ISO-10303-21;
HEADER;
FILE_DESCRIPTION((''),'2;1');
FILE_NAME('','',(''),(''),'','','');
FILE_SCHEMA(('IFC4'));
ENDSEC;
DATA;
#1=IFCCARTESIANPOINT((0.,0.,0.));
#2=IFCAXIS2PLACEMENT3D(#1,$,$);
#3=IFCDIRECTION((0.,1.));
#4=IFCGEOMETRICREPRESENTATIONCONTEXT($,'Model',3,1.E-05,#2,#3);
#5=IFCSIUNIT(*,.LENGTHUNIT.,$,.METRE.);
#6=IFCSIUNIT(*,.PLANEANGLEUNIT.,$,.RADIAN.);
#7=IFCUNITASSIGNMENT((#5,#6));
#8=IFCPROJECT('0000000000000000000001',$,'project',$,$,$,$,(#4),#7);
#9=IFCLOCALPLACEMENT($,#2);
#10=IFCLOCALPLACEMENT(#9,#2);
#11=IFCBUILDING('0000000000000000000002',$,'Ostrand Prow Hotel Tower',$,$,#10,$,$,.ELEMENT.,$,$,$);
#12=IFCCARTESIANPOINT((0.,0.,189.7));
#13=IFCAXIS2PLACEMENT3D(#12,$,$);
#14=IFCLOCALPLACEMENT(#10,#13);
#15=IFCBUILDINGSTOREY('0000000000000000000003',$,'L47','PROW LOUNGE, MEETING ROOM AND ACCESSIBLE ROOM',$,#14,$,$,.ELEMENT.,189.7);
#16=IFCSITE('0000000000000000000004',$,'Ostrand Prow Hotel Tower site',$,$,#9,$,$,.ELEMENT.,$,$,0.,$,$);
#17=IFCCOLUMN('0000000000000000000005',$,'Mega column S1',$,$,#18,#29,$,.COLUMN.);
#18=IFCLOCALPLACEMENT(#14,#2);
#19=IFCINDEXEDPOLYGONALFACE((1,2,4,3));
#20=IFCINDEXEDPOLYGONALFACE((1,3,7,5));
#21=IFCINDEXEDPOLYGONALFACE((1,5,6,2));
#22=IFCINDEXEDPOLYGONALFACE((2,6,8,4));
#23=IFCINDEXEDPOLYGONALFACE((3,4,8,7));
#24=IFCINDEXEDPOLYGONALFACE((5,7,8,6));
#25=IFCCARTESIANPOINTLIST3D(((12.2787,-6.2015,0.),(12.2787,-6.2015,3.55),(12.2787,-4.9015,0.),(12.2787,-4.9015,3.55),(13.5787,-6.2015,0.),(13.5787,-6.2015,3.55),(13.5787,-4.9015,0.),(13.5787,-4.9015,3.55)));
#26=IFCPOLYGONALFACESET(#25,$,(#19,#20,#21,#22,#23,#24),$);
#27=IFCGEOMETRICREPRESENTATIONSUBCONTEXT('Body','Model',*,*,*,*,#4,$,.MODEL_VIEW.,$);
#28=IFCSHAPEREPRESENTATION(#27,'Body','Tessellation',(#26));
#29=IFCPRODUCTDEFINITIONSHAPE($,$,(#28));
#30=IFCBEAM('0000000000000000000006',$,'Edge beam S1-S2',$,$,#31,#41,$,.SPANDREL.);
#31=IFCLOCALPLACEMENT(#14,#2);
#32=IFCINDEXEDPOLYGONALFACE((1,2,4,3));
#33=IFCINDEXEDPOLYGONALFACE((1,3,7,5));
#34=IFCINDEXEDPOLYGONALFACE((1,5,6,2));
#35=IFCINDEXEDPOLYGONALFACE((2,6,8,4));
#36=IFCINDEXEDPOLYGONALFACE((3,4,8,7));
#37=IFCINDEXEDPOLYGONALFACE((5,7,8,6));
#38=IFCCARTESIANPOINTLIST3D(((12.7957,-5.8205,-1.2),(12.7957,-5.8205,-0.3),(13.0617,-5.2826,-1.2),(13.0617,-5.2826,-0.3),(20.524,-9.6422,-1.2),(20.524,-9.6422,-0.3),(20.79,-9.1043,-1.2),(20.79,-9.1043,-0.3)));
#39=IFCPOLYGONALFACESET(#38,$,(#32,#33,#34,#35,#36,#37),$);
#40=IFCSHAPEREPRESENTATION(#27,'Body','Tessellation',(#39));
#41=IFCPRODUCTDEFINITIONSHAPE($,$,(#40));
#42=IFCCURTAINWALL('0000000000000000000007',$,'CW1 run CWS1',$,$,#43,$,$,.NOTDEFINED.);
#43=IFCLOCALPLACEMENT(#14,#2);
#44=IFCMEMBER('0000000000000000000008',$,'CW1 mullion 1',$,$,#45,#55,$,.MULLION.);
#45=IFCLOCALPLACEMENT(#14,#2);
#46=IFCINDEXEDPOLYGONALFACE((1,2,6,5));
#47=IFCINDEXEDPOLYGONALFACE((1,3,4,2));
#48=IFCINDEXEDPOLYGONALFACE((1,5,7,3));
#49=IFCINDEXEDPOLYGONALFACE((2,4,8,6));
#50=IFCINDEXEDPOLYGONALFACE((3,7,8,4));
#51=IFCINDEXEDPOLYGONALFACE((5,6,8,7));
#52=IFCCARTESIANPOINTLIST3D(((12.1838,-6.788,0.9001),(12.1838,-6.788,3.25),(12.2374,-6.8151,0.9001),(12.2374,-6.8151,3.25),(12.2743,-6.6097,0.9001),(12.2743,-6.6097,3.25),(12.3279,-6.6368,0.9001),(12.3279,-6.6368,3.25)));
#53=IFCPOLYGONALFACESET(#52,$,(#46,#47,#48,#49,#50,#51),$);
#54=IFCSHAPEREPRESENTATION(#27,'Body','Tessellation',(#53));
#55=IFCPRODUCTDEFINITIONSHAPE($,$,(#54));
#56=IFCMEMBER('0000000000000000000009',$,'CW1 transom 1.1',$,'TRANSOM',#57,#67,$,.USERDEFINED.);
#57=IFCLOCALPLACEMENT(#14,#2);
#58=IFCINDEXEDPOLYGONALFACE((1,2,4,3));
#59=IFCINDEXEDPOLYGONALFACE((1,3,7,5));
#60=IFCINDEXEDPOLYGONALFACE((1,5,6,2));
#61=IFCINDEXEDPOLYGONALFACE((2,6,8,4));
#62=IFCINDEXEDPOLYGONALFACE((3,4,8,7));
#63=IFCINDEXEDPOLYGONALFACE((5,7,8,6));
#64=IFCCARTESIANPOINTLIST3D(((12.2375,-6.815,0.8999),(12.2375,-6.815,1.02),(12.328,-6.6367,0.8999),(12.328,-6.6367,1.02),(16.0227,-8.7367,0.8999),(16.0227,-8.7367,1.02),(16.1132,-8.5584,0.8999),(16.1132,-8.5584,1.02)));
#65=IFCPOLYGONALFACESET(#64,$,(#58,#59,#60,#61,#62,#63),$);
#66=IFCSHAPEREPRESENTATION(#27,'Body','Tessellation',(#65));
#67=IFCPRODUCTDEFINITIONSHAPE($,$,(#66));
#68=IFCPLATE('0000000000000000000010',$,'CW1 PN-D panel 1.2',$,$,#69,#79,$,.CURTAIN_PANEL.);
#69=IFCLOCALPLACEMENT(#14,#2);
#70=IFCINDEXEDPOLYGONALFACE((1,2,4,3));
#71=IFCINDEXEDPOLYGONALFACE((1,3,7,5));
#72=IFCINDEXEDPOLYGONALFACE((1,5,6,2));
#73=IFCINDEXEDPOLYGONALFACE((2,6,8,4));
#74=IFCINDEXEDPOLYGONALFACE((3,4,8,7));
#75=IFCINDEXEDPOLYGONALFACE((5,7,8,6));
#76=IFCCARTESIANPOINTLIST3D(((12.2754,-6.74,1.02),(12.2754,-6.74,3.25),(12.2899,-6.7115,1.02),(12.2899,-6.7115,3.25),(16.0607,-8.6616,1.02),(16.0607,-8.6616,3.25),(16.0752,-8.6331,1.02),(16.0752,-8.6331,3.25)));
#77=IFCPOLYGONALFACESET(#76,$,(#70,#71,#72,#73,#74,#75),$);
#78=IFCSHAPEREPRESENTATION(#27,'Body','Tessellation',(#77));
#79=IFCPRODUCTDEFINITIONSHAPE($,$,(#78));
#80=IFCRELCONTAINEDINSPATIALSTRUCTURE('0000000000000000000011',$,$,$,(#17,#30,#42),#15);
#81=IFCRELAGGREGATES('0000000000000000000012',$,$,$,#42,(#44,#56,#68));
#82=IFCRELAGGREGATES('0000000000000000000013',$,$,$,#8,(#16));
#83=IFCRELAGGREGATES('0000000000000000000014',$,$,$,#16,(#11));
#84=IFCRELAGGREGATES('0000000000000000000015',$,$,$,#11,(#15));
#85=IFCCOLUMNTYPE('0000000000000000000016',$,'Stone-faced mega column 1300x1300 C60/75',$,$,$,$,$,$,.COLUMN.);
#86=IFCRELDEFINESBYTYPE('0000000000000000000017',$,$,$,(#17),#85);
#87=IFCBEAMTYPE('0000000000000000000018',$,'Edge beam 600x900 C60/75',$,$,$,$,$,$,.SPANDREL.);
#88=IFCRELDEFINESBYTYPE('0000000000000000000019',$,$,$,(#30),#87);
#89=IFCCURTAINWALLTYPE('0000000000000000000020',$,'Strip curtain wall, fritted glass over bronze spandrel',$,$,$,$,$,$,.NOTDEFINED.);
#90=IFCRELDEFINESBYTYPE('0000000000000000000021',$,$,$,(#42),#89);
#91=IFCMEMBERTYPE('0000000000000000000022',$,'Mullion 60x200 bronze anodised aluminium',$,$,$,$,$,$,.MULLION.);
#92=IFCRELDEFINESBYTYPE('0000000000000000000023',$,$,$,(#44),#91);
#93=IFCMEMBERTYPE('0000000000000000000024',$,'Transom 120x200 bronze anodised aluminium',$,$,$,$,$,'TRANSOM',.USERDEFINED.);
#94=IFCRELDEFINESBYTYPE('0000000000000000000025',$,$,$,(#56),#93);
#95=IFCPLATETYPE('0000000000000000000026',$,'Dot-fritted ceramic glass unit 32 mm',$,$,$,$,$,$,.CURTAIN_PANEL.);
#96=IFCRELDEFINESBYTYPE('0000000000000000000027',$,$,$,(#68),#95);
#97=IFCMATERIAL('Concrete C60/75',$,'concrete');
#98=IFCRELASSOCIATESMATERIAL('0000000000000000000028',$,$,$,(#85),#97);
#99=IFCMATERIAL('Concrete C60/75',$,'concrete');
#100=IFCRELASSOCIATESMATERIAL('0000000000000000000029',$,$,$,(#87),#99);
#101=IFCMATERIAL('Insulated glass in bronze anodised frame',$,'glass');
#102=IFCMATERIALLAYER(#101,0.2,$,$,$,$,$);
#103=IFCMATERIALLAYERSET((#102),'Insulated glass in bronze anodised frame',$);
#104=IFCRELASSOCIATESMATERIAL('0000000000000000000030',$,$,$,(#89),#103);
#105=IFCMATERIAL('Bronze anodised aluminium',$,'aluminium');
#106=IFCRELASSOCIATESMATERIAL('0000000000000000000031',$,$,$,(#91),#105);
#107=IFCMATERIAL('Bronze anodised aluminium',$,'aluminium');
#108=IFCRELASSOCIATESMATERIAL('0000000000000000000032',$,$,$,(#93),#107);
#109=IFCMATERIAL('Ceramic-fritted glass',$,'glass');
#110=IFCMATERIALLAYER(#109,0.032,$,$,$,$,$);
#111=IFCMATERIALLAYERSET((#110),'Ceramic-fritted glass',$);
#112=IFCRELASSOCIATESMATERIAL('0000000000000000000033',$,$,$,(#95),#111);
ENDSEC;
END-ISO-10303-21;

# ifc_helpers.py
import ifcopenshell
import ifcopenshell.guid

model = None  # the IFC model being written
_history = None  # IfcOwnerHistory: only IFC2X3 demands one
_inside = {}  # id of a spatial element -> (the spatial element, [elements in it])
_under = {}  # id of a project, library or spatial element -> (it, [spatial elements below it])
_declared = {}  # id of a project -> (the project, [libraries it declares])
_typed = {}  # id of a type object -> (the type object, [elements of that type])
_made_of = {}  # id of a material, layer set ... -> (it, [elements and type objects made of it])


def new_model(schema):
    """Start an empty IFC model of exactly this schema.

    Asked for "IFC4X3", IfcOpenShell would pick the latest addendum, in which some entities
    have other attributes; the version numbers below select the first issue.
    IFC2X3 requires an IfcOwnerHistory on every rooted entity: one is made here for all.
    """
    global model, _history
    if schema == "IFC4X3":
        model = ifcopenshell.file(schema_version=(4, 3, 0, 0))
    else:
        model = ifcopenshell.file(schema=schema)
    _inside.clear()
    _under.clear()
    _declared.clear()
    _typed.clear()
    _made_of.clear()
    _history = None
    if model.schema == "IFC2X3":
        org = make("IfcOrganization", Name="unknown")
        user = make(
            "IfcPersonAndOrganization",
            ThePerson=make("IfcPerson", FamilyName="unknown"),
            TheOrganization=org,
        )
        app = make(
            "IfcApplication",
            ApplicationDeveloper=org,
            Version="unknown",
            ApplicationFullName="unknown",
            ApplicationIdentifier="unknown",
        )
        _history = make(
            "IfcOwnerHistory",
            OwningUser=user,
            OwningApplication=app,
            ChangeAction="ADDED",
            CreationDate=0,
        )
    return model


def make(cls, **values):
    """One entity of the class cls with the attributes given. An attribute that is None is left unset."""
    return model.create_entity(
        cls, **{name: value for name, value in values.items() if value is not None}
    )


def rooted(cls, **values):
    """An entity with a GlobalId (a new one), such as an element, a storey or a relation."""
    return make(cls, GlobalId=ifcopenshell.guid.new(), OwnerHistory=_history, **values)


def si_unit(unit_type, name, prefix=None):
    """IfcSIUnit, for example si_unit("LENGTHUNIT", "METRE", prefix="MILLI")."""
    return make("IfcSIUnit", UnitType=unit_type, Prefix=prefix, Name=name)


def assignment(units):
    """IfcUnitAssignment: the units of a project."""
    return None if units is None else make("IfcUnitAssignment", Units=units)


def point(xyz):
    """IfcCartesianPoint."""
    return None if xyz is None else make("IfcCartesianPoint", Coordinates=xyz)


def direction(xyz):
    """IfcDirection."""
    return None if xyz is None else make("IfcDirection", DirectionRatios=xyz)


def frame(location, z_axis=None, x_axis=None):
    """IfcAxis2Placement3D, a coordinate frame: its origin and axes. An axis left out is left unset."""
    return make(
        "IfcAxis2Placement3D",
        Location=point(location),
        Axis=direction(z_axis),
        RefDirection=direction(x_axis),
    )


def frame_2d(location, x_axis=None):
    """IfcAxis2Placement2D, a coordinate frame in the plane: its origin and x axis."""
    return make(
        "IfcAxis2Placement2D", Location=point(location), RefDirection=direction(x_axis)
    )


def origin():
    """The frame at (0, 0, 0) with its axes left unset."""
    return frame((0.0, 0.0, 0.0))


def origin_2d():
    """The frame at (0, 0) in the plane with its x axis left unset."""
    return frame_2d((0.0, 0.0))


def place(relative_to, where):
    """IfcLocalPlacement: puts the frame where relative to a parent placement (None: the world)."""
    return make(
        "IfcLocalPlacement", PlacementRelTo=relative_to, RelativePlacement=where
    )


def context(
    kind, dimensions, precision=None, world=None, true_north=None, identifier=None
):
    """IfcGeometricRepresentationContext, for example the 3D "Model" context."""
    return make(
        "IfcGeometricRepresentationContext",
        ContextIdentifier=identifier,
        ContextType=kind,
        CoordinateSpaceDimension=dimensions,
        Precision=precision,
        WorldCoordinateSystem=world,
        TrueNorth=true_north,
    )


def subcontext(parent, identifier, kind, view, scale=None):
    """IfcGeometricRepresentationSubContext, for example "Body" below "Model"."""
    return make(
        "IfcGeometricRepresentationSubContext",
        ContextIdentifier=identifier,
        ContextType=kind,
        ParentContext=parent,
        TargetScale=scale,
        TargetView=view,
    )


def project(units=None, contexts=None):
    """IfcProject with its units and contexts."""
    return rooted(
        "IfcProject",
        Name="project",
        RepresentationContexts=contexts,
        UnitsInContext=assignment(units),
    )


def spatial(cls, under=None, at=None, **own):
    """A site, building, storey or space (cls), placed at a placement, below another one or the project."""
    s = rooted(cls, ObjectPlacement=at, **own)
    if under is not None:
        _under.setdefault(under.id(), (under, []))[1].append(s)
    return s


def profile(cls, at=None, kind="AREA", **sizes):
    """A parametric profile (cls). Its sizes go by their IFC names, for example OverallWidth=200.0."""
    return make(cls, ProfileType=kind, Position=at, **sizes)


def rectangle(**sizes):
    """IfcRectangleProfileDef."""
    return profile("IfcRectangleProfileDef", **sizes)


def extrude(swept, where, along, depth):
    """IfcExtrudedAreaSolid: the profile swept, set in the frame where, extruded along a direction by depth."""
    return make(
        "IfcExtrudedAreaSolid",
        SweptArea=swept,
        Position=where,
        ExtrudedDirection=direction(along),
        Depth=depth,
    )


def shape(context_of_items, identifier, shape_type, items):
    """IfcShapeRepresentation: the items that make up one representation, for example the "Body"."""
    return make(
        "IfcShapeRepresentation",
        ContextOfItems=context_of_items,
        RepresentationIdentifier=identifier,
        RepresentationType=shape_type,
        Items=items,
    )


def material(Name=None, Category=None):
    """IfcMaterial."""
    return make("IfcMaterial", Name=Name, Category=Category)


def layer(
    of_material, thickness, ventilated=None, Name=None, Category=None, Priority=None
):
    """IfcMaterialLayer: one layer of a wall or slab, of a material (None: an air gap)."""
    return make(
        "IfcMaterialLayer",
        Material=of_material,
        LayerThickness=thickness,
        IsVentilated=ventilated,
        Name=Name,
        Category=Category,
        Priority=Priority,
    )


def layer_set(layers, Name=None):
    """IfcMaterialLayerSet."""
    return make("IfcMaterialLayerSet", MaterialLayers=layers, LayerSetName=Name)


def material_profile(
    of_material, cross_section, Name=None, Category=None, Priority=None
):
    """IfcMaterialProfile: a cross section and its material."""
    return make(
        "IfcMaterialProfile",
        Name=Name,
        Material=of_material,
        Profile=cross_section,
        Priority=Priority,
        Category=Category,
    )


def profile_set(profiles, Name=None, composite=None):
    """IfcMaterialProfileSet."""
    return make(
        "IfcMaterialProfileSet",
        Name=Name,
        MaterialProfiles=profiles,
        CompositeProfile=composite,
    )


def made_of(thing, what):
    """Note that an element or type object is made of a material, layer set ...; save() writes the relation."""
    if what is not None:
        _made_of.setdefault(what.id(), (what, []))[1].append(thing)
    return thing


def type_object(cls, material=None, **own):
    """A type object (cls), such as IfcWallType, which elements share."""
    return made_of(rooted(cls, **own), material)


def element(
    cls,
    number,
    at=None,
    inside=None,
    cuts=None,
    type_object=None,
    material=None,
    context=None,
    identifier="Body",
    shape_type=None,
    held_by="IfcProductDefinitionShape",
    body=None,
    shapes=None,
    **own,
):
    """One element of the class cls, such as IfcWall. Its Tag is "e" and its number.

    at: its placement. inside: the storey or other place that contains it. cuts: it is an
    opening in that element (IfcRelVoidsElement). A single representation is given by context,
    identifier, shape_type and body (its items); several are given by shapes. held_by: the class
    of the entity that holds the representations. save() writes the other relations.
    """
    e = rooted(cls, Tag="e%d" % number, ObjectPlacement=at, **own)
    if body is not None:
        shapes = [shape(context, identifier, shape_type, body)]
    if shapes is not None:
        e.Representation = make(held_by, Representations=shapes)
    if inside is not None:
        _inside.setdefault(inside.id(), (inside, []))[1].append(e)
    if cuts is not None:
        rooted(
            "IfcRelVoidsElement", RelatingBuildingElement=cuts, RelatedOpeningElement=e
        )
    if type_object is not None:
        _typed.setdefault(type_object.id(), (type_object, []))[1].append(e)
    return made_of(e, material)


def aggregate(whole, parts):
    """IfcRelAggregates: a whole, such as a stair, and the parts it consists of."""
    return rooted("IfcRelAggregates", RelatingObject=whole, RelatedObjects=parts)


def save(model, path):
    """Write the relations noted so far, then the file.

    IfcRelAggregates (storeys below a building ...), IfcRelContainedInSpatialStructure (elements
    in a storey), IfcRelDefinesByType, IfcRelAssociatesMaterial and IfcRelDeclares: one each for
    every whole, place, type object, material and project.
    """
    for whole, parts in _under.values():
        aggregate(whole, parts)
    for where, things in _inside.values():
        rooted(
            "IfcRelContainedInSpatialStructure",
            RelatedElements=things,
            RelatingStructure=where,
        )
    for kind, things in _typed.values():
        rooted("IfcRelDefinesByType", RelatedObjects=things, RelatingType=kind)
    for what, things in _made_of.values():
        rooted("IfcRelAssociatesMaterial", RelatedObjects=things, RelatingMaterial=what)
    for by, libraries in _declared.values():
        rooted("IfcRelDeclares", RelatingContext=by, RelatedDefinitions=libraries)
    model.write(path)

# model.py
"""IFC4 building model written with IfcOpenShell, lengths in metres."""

from ifc_helpers import new_model, si_unit, direction, frame, origin, origin_2d, place, context, subcontext, project, spatial, rectangle, extrude, material, layer, layer_set, material_profile, profile_set, type_object, element, aggregate, save


model = new_model("IFC4")

# Units and contexts
model_context = context("Model", 3, precision=1e-05, world=origin(), true_north=direction((0.0, 1.0)))
body_context = subcontext(model_context, "Body", "Model", "MODEL_VIEW")
ifc_project = project(units=[si_unit("LENGTHUNIT", "METRE"), si_unit("PLANEANGLEUNIT", "RADIAN")], contexts=[model_context])

# Site, building, storey
site_placement = place(None, origin())
site = spatial("IfcSite", under=ifc_project, at=site_placement, Name="Ostrand Prow Hotel Tower site", CompositionType="ELEMENT", RefElevation=0.0)
building_placement = place(site_placement, origin())
building = spatial("IfcBuilding", under=site, at=building_placement, Name="Ostrand Prow Hotel Tower", CompositionType="ELEMENT")
storey_placement = place(building_placement, frame((0.0, 0.0, 189.7)))
storey = spatial("IfcBuildingStorey", under=building, at=storey_placement, Name="L47", Description="PROW LOUNGE, MEETING ROOM AND ACCESSIBLE ROOM", CompositionType="ELEMENT", Elevation=189.7)

# Column
ifc_material_1 = material(Name="Concrete C60/75", Category="concrete")
ifc_material_profile_1 = material_profile(ifc_material_1, rectangle(XDim=1.3, YDim=1.3, at=origin_2d()), Name="RC 1300x1300")
ifc_profile_set_1 = profile_set([ifc_material_profile_1], Name="Concrete C60/75")
column_type = type_object("IfcColumnType", Name="Stone-faced mega column 1300x1300 C60/75", PredefinedType="COLUMN", material=ifc_profile_set_1)
column_placement = place(storey_placement, frame((12.9287, -5.5515, 0.0), z_axis=(0.0, 0.0, 1.0), x_axis=(1.0, 0.0, 0.0)))
element("IfcColumn", 1, at=column_placement, inside=storey, type_object=column_type, Name="Mega column S1", PredefinedType="COLUMN", context=body_context, shape_type="SweptSolid", body=[
    extrude(rectangle(XDim=1.3, YDim=1.3, at=origin_2d()), origin(), (0.0, 0.0, 1.0), 3.55),
])

# Beam
ifc_material_2 = material(Name="Concrete C60/75", Category="concrete")
ifc_material_profile_2 = material_profile(ifc_material_2, rectangle(XDim=0.6001, YDim=0.8999, at=origin_2d()), Name="RC 600x900")
ifc_profile_set_2 = profile_set([ifc_material_profile_2], Name="Concrete C60/75")
beam_type = type_object("IfcBeamType", Name="Edge beam 600x900 C60/75", PredefinedType="SPANDREL", material=ifc_profile_set_2)
beam_placement = place(storey_placement, frame((12.9287, -5.5515, -0.75), z_axis=(0.896384, -0.443279, 0.0), x_axis=(0.443279, 0.896384, 0.0)))
element("IfcBeam", 2, at=beam_placement, inside=storey, type_object=beam_type, Name="Edge beam S1-S2", PredefinedType="SPANDREL", context=body_context, shape_type="SweptSolid", body=[
    extrude(rectangle(XDim=0.6001, YDim=0.8999, at=origin_2d()), origin(), (0.0, 0.0, 1.0), 8.6216),
])

# Curtain wall, members, plate
ifc_material_3 = material(Name="Insulated glass in bronze anodised frame", Category="glass")
ifc_layer_1 = layer(ifc_material_3, 0.2)
ifc_layer_set_1 = layer_set([ifc_layer_1], Name="Insulated glass in bronze anodised frame")
curtain_wall_type = type_object("IfcCurtainWallType", Name="Strip curtain wall, fritted glass over bronze spandrel", PredefinedType="NOTDEFINED", material=ifc_layer_set_1)
curtain_wall_placement = place(storey_placement, origin())
curtain_wall = element("IfcCurtainWall", 3, at=curtain_wall_placement, inside=storey, type_object=curtain_wall_type, Name="CW1 run CWS1", PredefinedType="NOTDEFINED")
ifc_material_4 = material(Name="Bronze anodised aluminium", Category="aluminium")
ifc_material_profile_3 = material_profile(ifc_material_4, rectangle(XDim=0.2, YDim=0.0601, at=origin_2d()), Name="Mullion 60x200 bronze anodised aluminium")
ifc_profile_set_3 = profile_set([ifc_material_profile_3], Name="Bronze anodised aluminium")
member_type_1 = type_object("IfcMemberType", Name="Mullion 60x200 bronze anodised aluminium", PredefinedType="MULLION", material=ifc_profile_set_3)
member_1_placement = place(storey_placement, frame((12.2559, -6.7124, 0.9001), z_axis=(0.0, 0.0, 1.0), x_axis=(0.452659, 0.891684, 0.0)))
member_1 = element("IfcMember", 4, at=member_1_placement, type_object=member_type_1, Name="CW1 mullion 1", PredefinedType="MULLION", context=body_context, shape_type="SweptSolid", body=[
    extrude(rectangle(XDim=0.2, YDim=0.0601, at=origin_2d()), origin(), (0.0, 0.0, 1.0), 2.3499),
])
ifc_material_5 = material(Name="Bronze anodised aluminium", Category="aluminium")
ifc_material_profile_4 = material_profile(ifc_material_5, rectangle(XDim=0.2, YDim=0.1201, at=origin_2d()), Name="Transom 120x200 bronze anodised aluminium")
ifc_profile_set_4 = profile_set([ifc_material_profile_4], Name="Bronze anodised aluminium")
member_type_2 = type_object("IfcMemberType", Name="Transom 120x200 bronze anodised aluminium", ElementType="TRANSOM", PredefinedType="USERDEFINED", material=ifc_profile_set_4)
member_2_placement = place(storey_placement, frame((12.2827, -6.7258, 0.96), z_axis=(0.891673, -0.45268, 0.0), x_axis=(0.45268, 0.891673, 0.0)))
member_2 = element("IfcMember", 5, at=member_2_placement, type_object=member_type_2, Name="CW1 transom 1.1", ObjectType="TRANSOM", PredefinedType="USERDEFINED", context=body_context, shape_type="SweptSolid", body=[
    extrude(rectangle(XDim=0.2, YDim=0.1201, at=origin_2d()), origin(), (0.0, 0.0, 1.0), 4.2451),
])
ifc_material_6 = material(Name="Ceramic-fritted glass", Category="glass")
ifc_layer_2 = layer(ifc_material_6, 0.032)
ifc_layer_set_2 = layer_set([ifc_layer_2], Name="Ceramic-fritted glass")
plate_type = type_object("IfcPlateType", Name="Dot-fritted ceramic glass unit 32 mm", PredefinedType="CURTAIN_PANEL", material=ifc_layer_set_2)
plate_placement = place(storey_placement, frame((14.1753, -7.6865, 1.02), z_axis=(0.0, 0.0, 1.0), x_axis=(0.891684, -0.452659, 0.0)))
plate = element("IfcPlate", 6, at=plate_placement, type_object=plate_type, Name="CW1 PN-D panel 1.2", PredefinedType="CURTAIN_PANEL", context=body_context, shape_type="SweptSolid", body=[
    extrude(rectangle(XDim=4.2451, YDim=0.032, at=origin_2d()), origin(), (0.0, 0.0, 1.0), 2.23),
])
aggregate(curtain_wall, [member_1, member_2, plate])

save(model, "model.ifc")
